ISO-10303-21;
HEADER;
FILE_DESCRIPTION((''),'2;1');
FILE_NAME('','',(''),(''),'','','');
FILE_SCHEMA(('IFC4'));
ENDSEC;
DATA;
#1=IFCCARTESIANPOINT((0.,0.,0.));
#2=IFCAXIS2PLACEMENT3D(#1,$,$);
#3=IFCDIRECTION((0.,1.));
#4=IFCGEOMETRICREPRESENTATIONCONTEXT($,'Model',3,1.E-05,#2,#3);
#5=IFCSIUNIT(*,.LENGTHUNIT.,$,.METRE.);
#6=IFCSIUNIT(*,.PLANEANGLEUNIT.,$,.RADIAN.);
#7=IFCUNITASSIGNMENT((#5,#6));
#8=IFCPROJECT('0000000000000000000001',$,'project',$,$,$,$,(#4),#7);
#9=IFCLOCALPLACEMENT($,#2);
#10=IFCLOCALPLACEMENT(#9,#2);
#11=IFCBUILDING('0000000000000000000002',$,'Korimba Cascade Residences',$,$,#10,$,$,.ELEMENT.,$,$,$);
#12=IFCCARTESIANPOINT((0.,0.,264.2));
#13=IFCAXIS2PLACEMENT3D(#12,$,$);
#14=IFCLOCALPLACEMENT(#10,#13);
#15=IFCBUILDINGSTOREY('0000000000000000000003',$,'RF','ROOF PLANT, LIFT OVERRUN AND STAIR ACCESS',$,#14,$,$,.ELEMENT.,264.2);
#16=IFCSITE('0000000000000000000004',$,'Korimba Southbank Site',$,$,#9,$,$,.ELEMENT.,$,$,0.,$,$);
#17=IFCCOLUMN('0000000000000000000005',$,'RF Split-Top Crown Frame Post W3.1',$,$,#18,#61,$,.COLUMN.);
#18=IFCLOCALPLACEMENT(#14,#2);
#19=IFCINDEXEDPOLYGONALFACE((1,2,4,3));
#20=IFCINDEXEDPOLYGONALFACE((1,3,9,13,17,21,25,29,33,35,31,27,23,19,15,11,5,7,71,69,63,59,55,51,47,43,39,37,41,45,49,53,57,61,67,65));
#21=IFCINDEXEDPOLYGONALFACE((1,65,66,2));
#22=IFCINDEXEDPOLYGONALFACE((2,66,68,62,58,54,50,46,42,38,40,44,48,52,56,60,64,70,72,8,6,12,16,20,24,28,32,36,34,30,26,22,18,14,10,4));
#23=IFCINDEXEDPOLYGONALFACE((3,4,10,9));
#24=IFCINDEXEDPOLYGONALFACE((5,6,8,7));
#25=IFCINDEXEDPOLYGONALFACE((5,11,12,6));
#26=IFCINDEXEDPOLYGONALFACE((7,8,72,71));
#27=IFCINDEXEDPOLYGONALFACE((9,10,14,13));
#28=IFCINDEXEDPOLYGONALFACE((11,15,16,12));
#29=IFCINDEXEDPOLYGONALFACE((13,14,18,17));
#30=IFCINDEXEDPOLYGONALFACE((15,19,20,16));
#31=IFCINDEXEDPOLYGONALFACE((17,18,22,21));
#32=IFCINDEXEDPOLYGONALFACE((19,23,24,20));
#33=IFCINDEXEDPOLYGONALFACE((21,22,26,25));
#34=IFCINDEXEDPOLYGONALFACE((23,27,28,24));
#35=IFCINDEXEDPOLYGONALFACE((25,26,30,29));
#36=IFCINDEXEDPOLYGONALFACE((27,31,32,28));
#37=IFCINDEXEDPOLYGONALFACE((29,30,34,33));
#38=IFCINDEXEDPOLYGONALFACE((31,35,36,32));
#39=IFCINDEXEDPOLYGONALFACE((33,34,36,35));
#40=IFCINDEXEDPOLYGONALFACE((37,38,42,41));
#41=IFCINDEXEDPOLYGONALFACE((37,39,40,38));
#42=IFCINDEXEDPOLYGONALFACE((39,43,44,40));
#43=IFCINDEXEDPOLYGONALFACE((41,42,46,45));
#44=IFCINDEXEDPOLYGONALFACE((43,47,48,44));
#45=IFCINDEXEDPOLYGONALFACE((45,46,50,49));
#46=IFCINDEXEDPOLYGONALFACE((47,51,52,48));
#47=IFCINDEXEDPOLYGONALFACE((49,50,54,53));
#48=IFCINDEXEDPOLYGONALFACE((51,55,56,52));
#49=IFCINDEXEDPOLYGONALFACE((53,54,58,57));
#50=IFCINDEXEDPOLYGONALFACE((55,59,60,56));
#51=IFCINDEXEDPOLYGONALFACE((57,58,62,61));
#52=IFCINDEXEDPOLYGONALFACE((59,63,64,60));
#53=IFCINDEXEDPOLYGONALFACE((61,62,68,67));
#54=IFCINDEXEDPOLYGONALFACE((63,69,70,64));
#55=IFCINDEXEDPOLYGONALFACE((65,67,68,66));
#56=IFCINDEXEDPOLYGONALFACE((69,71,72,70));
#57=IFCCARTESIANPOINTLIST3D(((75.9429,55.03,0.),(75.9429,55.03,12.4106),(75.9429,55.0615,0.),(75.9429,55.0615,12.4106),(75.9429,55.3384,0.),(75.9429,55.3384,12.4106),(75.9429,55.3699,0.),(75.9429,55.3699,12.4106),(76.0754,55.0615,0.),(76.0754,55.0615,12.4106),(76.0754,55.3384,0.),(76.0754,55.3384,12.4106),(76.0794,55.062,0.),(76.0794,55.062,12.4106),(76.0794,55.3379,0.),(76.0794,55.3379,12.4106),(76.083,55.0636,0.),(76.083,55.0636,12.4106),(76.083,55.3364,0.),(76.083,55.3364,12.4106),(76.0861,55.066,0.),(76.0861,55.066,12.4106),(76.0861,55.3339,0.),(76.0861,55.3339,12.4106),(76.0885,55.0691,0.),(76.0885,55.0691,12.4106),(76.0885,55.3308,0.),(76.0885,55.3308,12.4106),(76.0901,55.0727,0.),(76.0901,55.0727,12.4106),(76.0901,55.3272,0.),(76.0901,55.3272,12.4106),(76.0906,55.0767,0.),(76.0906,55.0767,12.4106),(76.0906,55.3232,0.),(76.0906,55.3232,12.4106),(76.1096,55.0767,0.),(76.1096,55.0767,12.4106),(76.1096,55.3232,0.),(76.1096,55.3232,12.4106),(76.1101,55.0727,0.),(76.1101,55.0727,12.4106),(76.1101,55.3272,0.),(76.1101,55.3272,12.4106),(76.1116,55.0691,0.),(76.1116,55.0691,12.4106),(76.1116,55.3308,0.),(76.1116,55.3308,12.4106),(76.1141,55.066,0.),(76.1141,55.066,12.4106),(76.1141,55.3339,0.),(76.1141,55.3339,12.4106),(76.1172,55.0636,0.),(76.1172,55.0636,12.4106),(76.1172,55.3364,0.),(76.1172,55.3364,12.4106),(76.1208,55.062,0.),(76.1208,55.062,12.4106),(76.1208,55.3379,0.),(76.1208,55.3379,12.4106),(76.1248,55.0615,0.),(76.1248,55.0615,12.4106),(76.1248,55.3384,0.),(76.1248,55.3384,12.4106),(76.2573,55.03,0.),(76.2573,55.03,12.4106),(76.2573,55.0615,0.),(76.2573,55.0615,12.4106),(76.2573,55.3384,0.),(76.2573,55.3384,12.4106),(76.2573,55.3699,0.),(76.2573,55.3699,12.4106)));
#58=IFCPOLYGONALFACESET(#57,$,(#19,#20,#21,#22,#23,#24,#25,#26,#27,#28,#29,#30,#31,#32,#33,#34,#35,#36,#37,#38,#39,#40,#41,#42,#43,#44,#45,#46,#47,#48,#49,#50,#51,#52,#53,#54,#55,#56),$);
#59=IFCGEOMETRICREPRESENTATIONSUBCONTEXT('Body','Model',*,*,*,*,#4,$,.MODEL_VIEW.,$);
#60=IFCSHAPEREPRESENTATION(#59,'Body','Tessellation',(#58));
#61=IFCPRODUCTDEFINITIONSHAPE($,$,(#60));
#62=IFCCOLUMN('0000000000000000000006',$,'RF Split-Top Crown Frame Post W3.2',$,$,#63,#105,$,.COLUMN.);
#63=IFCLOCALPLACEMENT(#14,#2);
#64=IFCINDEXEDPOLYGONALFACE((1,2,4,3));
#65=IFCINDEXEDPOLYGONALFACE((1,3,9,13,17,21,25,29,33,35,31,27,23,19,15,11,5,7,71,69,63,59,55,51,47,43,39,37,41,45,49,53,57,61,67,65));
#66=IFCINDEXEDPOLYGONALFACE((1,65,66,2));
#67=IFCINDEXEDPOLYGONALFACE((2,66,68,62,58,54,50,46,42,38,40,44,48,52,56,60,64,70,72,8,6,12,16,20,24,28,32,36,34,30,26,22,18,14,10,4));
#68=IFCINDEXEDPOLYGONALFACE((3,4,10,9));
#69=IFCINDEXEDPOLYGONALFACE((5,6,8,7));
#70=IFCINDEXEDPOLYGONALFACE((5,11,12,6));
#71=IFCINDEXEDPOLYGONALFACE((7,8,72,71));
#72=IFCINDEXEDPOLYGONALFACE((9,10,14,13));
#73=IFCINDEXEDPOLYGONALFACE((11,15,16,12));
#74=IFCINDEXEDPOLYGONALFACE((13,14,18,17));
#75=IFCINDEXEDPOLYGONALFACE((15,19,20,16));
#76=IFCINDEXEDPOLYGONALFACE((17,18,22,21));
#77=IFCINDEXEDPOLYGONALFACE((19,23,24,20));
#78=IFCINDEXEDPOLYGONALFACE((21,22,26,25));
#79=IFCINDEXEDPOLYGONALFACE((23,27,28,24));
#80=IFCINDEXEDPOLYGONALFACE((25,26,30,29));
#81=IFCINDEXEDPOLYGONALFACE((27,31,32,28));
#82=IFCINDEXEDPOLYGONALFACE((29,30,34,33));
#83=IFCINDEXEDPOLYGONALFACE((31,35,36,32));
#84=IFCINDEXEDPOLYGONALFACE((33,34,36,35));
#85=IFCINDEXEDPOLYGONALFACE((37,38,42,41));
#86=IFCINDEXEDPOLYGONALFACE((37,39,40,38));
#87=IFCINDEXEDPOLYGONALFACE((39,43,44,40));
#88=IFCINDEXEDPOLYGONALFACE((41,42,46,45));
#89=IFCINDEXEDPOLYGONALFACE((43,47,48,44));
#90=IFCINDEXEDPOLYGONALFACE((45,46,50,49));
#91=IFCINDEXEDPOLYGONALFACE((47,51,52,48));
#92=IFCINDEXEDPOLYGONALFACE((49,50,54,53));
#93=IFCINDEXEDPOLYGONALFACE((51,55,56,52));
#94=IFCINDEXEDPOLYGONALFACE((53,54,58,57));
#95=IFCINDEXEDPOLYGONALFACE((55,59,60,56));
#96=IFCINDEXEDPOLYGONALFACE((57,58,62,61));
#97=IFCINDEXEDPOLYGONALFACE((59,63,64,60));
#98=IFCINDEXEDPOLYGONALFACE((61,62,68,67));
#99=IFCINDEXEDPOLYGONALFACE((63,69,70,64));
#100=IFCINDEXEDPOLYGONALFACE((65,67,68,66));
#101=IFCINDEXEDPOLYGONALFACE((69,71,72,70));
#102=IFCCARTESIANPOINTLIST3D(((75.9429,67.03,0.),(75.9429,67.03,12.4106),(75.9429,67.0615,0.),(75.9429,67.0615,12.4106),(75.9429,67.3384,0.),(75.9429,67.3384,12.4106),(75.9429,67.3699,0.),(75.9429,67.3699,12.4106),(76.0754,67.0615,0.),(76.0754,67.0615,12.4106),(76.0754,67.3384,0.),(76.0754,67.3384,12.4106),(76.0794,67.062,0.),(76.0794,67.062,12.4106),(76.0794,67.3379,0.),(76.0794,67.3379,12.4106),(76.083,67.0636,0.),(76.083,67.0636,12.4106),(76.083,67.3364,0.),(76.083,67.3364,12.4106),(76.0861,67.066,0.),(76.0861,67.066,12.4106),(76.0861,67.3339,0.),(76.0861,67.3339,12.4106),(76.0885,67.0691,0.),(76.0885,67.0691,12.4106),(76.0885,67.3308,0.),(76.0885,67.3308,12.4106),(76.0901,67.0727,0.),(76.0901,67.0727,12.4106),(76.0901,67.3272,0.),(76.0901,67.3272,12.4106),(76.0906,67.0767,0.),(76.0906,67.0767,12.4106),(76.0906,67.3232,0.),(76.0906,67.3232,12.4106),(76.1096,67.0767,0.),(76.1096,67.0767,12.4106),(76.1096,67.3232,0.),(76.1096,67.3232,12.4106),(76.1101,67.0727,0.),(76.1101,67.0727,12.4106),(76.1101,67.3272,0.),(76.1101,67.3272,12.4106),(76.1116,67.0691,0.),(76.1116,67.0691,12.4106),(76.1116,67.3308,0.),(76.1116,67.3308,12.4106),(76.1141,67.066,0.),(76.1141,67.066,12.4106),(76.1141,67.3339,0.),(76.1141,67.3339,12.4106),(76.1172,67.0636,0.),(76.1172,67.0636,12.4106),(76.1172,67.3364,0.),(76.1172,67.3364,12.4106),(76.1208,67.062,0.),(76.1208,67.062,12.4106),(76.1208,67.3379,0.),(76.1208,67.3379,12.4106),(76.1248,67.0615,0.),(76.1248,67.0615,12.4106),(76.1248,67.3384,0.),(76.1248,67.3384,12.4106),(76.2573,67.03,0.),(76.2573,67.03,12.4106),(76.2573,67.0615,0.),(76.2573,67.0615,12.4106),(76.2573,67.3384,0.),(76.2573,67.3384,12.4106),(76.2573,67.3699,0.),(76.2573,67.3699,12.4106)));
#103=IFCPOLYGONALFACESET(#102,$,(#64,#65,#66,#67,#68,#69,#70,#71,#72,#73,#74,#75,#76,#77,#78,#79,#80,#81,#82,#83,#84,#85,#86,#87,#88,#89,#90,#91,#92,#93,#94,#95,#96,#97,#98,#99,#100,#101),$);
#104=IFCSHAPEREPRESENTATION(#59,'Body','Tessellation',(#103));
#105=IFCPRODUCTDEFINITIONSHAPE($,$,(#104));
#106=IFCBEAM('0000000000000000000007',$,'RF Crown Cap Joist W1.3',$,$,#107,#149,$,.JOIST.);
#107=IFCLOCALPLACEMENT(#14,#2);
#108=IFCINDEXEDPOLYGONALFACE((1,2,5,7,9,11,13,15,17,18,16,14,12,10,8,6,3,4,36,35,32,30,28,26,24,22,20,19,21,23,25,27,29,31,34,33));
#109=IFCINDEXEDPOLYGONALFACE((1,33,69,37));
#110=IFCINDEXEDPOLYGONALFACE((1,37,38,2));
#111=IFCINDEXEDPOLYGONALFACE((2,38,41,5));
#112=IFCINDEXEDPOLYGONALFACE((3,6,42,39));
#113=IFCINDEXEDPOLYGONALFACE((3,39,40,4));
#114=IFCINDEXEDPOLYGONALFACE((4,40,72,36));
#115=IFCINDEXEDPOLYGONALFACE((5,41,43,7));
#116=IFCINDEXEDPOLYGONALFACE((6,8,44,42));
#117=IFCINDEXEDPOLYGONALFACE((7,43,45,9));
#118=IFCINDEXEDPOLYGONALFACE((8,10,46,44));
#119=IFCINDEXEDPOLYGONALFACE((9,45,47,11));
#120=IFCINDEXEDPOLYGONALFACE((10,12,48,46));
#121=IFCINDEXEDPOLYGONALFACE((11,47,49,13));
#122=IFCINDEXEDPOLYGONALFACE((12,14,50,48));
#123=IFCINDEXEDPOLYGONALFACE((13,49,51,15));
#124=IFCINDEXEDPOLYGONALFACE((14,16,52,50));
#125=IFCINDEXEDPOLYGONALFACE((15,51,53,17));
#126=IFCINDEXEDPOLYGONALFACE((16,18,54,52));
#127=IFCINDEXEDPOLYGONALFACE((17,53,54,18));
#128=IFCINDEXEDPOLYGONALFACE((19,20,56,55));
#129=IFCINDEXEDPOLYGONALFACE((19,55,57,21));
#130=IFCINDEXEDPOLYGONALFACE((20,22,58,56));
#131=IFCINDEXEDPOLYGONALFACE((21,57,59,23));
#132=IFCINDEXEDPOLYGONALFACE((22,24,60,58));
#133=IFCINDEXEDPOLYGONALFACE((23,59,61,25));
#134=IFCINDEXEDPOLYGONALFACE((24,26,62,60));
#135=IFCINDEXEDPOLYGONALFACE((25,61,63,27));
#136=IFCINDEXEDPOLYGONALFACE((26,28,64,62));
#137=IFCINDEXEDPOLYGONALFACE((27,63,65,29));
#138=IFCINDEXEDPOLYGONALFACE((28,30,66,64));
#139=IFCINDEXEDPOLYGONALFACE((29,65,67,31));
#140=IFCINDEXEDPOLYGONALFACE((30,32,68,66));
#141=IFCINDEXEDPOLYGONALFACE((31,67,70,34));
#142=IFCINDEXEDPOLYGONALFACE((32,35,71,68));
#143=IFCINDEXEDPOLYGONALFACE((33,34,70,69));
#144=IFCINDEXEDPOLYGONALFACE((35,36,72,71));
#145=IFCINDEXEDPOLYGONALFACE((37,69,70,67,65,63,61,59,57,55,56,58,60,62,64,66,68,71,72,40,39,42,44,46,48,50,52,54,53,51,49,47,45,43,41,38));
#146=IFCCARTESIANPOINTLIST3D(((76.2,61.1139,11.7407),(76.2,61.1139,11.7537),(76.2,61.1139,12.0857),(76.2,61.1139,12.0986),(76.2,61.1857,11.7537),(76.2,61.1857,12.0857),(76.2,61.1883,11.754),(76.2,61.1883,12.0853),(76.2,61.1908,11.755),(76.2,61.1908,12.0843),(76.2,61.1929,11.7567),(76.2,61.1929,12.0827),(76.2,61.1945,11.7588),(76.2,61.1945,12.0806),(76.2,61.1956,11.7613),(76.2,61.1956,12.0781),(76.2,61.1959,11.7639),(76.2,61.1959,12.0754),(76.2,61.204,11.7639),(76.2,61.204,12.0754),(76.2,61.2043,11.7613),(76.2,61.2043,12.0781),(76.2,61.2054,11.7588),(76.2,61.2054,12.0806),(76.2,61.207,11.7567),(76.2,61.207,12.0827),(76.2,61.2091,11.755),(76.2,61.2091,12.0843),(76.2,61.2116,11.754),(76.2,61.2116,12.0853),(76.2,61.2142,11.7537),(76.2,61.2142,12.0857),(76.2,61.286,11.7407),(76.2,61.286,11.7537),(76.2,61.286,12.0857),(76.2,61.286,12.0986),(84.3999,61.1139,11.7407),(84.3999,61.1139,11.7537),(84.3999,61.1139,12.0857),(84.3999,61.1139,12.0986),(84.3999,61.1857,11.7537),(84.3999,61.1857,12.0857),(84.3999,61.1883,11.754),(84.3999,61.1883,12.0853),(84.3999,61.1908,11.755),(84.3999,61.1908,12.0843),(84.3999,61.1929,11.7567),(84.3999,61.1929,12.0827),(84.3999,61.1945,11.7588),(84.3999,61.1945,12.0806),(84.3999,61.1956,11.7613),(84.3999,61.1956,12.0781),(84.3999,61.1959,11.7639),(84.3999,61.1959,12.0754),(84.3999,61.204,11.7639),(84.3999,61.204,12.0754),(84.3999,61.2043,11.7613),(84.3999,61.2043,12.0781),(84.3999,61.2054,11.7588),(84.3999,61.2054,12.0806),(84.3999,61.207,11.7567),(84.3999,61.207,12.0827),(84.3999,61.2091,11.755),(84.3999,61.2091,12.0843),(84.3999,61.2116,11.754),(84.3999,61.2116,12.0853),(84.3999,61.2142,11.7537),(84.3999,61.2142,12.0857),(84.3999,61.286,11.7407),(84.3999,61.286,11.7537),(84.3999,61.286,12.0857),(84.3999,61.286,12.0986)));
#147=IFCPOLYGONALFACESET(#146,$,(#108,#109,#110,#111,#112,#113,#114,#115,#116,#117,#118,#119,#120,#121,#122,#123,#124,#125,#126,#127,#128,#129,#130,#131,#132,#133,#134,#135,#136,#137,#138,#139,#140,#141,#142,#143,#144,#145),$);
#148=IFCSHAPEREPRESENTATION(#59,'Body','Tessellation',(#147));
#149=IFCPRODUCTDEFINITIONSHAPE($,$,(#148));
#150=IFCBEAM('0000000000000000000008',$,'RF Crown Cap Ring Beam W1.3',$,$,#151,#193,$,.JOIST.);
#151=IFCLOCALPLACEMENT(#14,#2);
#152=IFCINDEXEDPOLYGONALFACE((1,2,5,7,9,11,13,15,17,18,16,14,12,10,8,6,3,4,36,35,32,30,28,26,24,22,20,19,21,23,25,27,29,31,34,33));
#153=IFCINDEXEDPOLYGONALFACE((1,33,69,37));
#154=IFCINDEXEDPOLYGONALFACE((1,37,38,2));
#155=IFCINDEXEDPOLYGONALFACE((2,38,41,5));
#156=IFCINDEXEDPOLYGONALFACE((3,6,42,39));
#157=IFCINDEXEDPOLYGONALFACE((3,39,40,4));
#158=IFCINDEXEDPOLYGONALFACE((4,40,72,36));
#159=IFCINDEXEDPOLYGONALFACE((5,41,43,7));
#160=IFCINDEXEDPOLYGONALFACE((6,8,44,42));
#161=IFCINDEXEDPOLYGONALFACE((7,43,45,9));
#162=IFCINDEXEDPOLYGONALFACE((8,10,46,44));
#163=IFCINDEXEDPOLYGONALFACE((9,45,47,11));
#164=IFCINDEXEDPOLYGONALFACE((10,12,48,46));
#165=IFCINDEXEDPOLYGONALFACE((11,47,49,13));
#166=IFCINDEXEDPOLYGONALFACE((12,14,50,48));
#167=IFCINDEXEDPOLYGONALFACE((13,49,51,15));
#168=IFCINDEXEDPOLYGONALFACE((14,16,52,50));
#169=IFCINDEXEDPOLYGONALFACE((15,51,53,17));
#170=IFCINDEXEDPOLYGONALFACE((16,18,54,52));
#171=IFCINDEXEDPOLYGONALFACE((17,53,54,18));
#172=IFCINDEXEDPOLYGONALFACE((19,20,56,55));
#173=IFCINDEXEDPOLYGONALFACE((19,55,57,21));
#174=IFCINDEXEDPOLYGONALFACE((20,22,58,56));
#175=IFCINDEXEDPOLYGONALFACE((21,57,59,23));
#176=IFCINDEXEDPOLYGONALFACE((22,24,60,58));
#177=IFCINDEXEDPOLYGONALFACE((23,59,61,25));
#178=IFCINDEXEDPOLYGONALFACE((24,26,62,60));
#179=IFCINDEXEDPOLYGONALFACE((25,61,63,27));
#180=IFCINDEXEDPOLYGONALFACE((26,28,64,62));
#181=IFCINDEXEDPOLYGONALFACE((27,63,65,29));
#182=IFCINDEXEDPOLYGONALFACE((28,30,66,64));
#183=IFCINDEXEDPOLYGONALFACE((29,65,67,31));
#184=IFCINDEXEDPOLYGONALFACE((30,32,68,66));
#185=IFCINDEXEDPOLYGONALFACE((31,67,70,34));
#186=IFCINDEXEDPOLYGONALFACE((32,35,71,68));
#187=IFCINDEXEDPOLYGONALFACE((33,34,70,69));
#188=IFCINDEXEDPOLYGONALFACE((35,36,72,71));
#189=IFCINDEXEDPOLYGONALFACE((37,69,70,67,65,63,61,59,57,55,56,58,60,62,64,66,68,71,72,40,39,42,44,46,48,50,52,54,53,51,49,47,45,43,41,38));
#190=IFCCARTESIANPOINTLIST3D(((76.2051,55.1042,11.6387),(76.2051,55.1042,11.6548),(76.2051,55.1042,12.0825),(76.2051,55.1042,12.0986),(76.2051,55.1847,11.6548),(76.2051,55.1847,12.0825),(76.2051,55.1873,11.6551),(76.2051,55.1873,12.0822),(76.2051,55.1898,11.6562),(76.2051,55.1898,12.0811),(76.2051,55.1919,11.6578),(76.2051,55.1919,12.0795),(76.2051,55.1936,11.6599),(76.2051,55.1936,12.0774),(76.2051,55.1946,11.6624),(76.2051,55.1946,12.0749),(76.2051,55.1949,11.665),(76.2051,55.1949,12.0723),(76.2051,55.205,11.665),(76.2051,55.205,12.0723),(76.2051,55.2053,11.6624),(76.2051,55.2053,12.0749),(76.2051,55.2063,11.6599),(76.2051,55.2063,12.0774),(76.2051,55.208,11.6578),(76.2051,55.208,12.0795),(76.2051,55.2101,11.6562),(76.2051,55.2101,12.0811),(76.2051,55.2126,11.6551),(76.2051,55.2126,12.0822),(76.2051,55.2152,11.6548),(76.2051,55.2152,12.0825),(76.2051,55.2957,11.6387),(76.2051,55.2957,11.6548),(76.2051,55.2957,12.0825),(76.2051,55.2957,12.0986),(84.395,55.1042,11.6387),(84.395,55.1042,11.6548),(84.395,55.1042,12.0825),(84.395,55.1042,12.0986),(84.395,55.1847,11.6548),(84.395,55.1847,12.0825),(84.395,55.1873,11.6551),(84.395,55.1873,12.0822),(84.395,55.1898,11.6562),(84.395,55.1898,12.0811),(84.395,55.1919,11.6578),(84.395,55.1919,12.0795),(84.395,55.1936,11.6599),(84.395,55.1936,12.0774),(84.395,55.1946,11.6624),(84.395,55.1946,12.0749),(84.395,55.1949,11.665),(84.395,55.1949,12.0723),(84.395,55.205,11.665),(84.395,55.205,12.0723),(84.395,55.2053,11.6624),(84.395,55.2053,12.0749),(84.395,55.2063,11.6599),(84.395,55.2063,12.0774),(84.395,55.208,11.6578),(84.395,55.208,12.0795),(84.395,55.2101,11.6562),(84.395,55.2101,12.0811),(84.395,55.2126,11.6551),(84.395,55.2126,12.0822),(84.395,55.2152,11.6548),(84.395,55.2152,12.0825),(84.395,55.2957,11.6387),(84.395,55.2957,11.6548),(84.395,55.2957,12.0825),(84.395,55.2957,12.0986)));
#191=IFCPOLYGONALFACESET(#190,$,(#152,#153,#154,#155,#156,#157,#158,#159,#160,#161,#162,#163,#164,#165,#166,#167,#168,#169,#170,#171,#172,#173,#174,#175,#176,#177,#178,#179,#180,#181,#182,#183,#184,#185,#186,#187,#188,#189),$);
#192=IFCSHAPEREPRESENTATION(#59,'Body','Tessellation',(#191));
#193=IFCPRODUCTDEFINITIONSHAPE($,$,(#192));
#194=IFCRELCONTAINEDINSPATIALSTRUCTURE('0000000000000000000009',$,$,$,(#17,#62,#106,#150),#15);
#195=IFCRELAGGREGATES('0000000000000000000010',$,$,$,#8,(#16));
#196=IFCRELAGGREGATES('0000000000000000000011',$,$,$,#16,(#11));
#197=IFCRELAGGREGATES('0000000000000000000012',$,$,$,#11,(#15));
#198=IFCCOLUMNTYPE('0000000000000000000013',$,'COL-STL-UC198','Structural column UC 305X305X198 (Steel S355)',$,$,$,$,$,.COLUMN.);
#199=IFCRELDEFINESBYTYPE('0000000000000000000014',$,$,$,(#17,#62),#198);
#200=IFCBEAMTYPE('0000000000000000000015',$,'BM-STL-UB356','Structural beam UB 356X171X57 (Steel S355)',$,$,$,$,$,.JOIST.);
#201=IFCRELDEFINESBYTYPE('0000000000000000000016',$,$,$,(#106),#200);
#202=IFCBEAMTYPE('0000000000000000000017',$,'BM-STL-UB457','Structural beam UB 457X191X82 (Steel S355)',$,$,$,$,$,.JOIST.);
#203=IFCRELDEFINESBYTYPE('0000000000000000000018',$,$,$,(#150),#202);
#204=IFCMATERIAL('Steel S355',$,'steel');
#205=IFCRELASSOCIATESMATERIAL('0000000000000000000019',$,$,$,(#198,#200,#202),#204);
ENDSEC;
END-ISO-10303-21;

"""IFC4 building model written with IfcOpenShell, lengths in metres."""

from ifc_helpers import new_model, si_unit, direction, frame, origin, origin_2d, place, context, subcontext, project, spatial, i_section, extrude, material, material_profile, profile_set, type_object, element, save


model = new_model("IFC4")

# Units and contexts
model_context = context("Model", 3, precision=1e-05, world=origin(), true_north=direction((0.0, 1.0)))
body_context = subcontext(model_context, "Body", "Model", "MODEL_VIEW")
ifc_project = project(units=[si_unit("LENGTHUNIT", "METRE"), si_unit("PLANEANGLEUNIT", "RADIAN")], contexts=[model_context])

# Site, building, storey
site_placement = place(None, origin())
site = spatial("IfcSite", under=ifc_project, at=site_placement, Name="Korimba Southbank Site", CompositionType="ELEMENT", RefElevation=0.0)
building_placement = place(site_placement, origin())
building = spatial("IfcBuilding", under=site, at=building_placement, Name="Korimba Cascade Residences", CompositionType="ELEMENT")
storey_placement = place(building_placement, frame((0.0, 0.0, 264.2)))
storey = spatial("IfcBuildingStorey", under=building, at=storey_placement, Name="RF", Description="ROOF PLANT, LIFT OVERRUN AND STAIR ACCESS", CompositionType="ELEMENT", Elevation=264.2)

# Columns
ifc_material_1 = material(Name="Steel S355", Category="steel")
ifc_material_profile_1 = material_profile(ifc_material_1, i_section(OverallWidth=0.3145, OverallDepth=0.3398, WebThickness=0.019, FlangeThickness=0.0315, FilletRadius=0.0151, at=origin_2d()), Name="Steel S355")
ifc_profile_set_1 = profile_set([ifc_material_profile_1], Name="Steel S355")
column_type = type_object("IfcColumnType", Name="COL-STL-UC198", Description="Structural column UC 305X305X198 (Steel S355)", PredefinedType="COLUMN", material=ifc_profile_set_1)
for number, where, z_axis, x_axis, name in (
    (1, (76.1001, 55.2, 0.0), (0.0, 0.0, 1.0), (1.0, 0.0, 0.0), "RF Split-Top Crown Frame Post W3.1"),
    (2, (76.1001, 67.2, 0.0), (0.0, 0.0, 1.0), (1.0, 0.0, 0.0), "RF Split-Top Crown Frame Post W3.2"),
):
    element("IfcColumn", number, at=place(storey_placement, frame(where, z_axis=z_axis, x_axis=x_axis)), inside=storey, type_object=column_type, Name=name, PredefinedType="COLUMN", context=body_context, shape_type="SweptSolid", body=[
        extrude(i_section(OverallWidth=0.3145, OverallDepth=0.3398, WebThickness=0.019, FlangeThickness=0.0315, FilletRadius=0.0151, at=origin_2d()), origin(), (0.0, 0.0, 1.0), 12.4106),
    ])

# Beams
ifc_material_profile_2 = material_profile(ifc_material_1, i_section(OverallWidth=0.1721, OverallDepth=0.3579, WebThickness=0.0081, FlangeThickness=0.0129, FilletRadius=0.0103, at=origin_2d()), Name="Steel S355")
ifc_profile_set_2 = profile_set([ifc_material_profile_2], Name="Steel S355")
beam_type_1 = type_object("IfcBeamType", Name="BM-STL-UB356", Description="Structural beam UB 356X171X57 (Steel S355)", PredefinedType="JOIST", material=ifc_profile_set_2)
beam_1_placement = place(storey_placement, frame((76.2, 61.2, 11.9197), z_axis=(1.0, 0.0, 0.0), x_axis=(0.0, 1.0, 0.0)))
element("IfcBeam", 3, at=beam_1_placement, inside=storey, type_object=beam_type_1, Name="RF Crown Cap Joist W1.3", PredefinedType="JOIST", context=body_context, shape_type="SweptSolid", body=[
    extrude(i_section(OverallWidth=0.1721, OverallDepth=0.3579, WebThickness=0.0081, FlangeThickness=0.0129, FilletRadius=0.0103, at=origin_2d()), origin(), (0.0, 0.0, 1.0), 8.2),
])
ifc_material_profile_3 = material_profile(ifc_material_1, i_section(OverallWidth=0.1914, OverallDepth=0.46, WebThickness=0.01, FlangeThickness=0.0161, FilletRadius=0.0103, at=origin_2d()), Name="Steel S355")
ifc_profile_set_3 = profile_set([ifc_material_profile_3], Name="Steel S355")
beam_type_2 = type_object("IfcBeamType", Name="BM-STL-UB457", Description="Structural beam UB 457X191X82 (Steel S355)", PredefinedType="JOIST", material=ifc_profile_set_3)
beam_2_placement = place(storey_placement, frame((76.2051, 55.2, 11.8687), z_axis=(1.0, 0.0, 0.0), x_axis=(0.0, 1.0, 0.0)))
element("IfcBeam", 4, at=beam_2_placement, inside=storey, type_object=beam_type_2, Name="RF Crown Cap Ring Beam W1.3", PredefinedType="JOIST", context=body_context, shape_type="SweptSolid", body=[
    extrude(i_section(OverallWidth=0.1914, OverallDepth=0.46, WebThickness=0.01, FlangeThickness=0.0161, FilletRadius=0.0103, at=origin_2d()), origin(), (0.0, 0.0, 1.0), 8.1899),
])

save(model, "model.ifc")
